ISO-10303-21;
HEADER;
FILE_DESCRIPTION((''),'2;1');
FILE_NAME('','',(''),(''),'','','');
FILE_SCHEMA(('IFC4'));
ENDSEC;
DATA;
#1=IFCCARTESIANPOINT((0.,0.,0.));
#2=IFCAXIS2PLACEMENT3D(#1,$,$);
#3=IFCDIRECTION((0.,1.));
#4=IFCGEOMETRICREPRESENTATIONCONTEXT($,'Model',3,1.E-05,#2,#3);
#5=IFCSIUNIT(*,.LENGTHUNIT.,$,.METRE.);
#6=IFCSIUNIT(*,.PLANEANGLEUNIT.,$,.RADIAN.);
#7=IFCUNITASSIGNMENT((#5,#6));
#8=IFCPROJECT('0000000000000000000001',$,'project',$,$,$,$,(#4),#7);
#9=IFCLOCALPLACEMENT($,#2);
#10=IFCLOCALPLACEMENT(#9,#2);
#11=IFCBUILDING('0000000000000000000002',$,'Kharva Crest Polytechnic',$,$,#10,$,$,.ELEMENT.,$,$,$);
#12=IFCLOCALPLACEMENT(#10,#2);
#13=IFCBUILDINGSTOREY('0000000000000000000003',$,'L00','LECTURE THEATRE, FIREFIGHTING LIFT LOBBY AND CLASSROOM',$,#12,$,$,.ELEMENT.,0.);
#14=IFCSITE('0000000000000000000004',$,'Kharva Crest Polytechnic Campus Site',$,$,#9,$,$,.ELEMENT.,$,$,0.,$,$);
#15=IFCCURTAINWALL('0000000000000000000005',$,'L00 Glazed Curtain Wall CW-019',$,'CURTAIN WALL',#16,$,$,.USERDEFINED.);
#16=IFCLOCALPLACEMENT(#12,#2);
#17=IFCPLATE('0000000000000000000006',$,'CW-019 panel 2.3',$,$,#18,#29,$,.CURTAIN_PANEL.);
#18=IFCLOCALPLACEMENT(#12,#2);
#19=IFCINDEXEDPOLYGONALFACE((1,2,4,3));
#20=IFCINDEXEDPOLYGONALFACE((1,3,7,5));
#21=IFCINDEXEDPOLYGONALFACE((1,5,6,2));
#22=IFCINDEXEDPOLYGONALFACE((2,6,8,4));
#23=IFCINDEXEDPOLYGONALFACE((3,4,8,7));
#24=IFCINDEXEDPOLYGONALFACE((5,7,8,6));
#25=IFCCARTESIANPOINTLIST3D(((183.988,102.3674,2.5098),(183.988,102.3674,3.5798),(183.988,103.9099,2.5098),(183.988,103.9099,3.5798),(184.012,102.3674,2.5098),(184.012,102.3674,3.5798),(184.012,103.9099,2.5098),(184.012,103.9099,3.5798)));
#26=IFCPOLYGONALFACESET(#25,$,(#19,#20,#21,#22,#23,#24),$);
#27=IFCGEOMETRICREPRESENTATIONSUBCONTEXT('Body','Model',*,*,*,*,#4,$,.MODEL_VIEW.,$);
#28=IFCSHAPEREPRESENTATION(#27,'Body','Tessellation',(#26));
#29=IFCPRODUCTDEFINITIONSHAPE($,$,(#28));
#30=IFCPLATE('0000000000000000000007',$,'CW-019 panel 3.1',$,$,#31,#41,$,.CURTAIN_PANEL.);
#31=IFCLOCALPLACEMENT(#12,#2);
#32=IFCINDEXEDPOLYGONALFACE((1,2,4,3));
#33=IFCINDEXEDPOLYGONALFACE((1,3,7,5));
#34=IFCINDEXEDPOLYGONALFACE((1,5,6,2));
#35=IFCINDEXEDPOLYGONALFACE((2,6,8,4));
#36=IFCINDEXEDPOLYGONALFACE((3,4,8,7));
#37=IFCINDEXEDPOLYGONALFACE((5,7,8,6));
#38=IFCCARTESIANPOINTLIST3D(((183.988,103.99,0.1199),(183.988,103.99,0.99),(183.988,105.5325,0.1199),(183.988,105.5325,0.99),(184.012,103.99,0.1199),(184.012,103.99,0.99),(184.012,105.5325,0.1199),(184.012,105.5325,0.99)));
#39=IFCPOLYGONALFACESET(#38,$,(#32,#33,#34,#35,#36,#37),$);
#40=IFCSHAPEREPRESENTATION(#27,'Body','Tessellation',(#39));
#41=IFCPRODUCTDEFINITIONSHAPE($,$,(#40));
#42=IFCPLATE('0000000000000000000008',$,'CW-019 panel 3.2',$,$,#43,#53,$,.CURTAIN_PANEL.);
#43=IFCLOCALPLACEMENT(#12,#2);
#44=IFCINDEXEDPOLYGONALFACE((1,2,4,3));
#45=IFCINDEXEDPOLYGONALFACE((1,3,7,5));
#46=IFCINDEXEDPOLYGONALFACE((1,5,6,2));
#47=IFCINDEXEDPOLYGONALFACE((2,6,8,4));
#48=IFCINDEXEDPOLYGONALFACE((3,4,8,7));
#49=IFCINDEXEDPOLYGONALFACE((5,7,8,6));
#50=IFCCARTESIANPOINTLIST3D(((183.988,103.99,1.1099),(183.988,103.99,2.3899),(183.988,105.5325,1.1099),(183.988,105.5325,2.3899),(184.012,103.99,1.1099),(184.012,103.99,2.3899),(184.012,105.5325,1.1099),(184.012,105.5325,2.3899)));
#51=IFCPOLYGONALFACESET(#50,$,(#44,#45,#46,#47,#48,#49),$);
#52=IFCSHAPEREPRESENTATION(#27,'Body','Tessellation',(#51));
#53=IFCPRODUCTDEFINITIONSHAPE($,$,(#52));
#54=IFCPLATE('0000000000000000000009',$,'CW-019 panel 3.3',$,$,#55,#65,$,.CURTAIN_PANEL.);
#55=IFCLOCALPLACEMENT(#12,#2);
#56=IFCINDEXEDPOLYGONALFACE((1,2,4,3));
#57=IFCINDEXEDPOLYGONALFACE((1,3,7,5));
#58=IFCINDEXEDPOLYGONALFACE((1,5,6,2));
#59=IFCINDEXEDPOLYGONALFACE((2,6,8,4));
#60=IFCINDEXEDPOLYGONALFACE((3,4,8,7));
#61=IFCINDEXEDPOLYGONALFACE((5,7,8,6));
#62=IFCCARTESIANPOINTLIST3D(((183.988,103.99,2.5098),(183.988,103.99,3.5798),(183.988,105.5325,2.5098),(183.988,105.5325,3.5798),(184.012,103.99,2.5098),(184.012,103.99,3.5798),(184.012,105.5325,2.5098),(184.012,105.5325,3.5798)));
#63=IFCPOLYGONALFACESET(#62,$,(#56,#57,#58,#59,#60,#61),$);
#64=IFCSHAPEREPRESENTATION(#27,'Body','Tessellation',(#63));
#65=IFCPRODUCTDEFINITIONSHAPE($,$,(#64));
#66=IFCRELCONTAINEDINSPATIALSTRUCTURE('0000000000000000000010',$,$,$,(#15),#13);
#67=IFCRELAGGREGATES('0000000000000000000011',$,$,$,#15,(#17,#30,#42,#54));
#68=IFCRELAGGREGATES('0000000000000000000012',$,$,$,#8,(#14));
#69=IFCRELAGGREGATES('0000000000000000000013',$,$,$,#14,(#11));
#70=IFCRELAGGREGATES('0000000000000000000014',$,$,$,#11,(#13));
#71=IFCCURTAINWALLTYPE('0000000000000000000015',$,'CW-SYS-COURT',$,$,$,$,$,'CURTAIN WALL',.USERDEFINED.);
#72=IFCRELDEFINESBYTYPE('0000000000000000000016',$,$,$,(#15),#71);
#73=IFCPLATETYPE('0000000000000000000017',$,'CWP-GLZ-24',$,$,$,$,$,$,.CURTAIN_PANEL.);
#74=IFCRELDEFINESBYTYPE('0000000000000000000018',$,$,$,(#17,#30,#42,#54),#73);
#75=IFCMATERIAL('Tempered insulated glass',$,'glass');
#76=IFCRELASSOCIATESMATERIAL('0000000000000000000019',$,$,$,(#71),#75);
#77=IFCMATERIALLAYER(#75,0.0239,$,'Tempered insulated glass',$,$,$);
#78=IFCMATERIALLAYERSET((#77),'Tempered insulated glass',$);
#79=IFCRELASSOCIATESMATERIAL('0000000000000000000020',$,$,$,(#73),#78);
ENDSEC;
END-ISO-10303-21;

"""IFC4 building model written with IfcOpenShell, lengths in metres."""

from ifc_helpers import new_model, si_unit, direction, frame, origin, origin_2d, place, context, subcontext, project, spatial, rectangle, extrude, material, layer, layer_set, type_object, element, aggregate, save


model = new_model("IFC4")

# Units and contexts
model_context = context("Model", 3, precision=1e-05, world=origin(), true_north=direction((0.0, 1.0)))
body_context = subcontext(model_context, "Body", "Model", "MODEL_VIEW")
ifc_project = project(units=[si_unit("LENGTHUNIT", "METRE"), si_unit("PLANEANGLEUNIT", "RADIAN")], contexts=[model_context])

# Site, building, storey
site_placement = place(None, origin())
site = spatial("IfcSite", under=ifc_project, at=site_placement, Name="Kharva Crest Polytechnic Campus Site", CompositionType="ELEMENT", RefElevation=0.0)
building_placement = place(site_placement, origin())
building = spatial("IfcBuilding", under=site, at=building_placement, Name="Kharva Crest Polytechnic", CompositionType="ELEMENT")
storey_placement = place(building_placement, origin())
storey = spatial("IfcBuildingStorey", under=building, at=storey_placement, Name="L00", Description="LECTURE THEATRE, FIREFIGHTING LIFT LOBBY AND CLASSROOM", CompositionType="ELEMENT", Elevation=0.0)

# Curtain wall
ifc_material_1 = material(Name="Tempered insulated glass", Category="glass")
curtain_wall_type = type_object("IfcCurtainWallType", Name="CW-SYS-COURT", ElementType="CURTAIN WALL", PredefinedType="USERDEFINED", material=ifc_material_1)
curtain_wall_placement = place(storey_placement, origin())
curtain_wall = element("IfcCurtainWall", 1, at=curtain_wall_placement, inside=storey, type_object=curtain_wall_type, Name="L00 Glazed Curtain Wall CW-019", ObjectType="CURTAIN WALL", PredefinedType="USERDEFINED")

# Plates
ifc_layer = layer(ifc_material_1, 0.0239, Name="Tempered insulated glass")
ifc_layer_set = layer_set([ifc_layer], Name="Tempered insulated glass")
plate_type = type_object("IfcPlateType", Name="CWP-GLZ-24", PredefinedType="CURTAIN_PANEL", material=ifc_layer_set)
plate_1_placement = place(storey_placement, frame((184.0, 103.1387, 2.5098), z_axis=(0.0, 0.0, 1.0), x_axis=(0.0, 1.0, 0.0)))
plate_1 = element("IfcPlate", 2, at=plate_1_placement, type_object=plate_type, Name="CW-019 panel 2.3", PredefinedType="CURTAIN_PANEL", context=body_context, shape_type="SweptSolid", body=[
    extrude(rectangle(XDim=1.5425, YDim=0.0239, at=origin_2d()), origin(), (0.0, 0.0, 1.0), 1.0701),
])
plate_2_placement = place(storey_placement, frame((184.0, 104.7612, 0.1199), z_axis=(0.0, 0.0, 1.0), x_axis=(0.0, 1.0, 0.0)))
plate_2 = element("IfcPlate", 3, at=plate_2_placement, type_object=plate_type, Name="CW-019 panel 3.1", PredefinedType="CURTAIN_PANEL", context=body_context, shape_type="SweptSolid", body=[
    extrude(rectangle(XDim=1.5425, YDim=0.0239, at=origin_2d()), origin(), (0.0, 0.0, 1.0), 0.8701),
])
plate_3_placement = place(storey_placement, frame((184.0, 104.7612, 1.1099), z_axis=(0.0, 0.0, 1.0), x_axis=(0.0, 1.0, 0.0)))
plate_3 = element("IfcPlate", 4, at=plate_3_placement, type_object=plate_type, Name="CW-019 panel 3.2", PredefinedType="CURTAIN_PANEL", context=body_context, shape_type="SweptSolid", body=[
    extrude(rectangle(XDim=1.5425, YDim=0.0239, at=origin_2d()), origin(), (0.0, 0.0, 1.0), 1.28),
])
plate_4_placement = place(storey_placement, frame((184.0, 104.7612, 2.5098), z_axis=(0.0, 0.0, 1.0), x_axis=(0.0, 1.0, 0.0)))
plate_4 = element("IfcPlate", 5, at=plate_4_placement, type_object=plate_type, Name="CW-019 panel 3.3", PredefinedType="CURTAIN_PANEL", context=body_context, shape_type="SweptSolid", body=[
    extrude(rectangle(XDim=1.5425, YDim=0.0239, at=origin_2d()), origin(), (0.0, 0.0, 1.0), 1.0701),
])
aggregate(curtain_wall, [plate_1, plate_2, plate_3, plate_4])

save(model, "model.ifc")
